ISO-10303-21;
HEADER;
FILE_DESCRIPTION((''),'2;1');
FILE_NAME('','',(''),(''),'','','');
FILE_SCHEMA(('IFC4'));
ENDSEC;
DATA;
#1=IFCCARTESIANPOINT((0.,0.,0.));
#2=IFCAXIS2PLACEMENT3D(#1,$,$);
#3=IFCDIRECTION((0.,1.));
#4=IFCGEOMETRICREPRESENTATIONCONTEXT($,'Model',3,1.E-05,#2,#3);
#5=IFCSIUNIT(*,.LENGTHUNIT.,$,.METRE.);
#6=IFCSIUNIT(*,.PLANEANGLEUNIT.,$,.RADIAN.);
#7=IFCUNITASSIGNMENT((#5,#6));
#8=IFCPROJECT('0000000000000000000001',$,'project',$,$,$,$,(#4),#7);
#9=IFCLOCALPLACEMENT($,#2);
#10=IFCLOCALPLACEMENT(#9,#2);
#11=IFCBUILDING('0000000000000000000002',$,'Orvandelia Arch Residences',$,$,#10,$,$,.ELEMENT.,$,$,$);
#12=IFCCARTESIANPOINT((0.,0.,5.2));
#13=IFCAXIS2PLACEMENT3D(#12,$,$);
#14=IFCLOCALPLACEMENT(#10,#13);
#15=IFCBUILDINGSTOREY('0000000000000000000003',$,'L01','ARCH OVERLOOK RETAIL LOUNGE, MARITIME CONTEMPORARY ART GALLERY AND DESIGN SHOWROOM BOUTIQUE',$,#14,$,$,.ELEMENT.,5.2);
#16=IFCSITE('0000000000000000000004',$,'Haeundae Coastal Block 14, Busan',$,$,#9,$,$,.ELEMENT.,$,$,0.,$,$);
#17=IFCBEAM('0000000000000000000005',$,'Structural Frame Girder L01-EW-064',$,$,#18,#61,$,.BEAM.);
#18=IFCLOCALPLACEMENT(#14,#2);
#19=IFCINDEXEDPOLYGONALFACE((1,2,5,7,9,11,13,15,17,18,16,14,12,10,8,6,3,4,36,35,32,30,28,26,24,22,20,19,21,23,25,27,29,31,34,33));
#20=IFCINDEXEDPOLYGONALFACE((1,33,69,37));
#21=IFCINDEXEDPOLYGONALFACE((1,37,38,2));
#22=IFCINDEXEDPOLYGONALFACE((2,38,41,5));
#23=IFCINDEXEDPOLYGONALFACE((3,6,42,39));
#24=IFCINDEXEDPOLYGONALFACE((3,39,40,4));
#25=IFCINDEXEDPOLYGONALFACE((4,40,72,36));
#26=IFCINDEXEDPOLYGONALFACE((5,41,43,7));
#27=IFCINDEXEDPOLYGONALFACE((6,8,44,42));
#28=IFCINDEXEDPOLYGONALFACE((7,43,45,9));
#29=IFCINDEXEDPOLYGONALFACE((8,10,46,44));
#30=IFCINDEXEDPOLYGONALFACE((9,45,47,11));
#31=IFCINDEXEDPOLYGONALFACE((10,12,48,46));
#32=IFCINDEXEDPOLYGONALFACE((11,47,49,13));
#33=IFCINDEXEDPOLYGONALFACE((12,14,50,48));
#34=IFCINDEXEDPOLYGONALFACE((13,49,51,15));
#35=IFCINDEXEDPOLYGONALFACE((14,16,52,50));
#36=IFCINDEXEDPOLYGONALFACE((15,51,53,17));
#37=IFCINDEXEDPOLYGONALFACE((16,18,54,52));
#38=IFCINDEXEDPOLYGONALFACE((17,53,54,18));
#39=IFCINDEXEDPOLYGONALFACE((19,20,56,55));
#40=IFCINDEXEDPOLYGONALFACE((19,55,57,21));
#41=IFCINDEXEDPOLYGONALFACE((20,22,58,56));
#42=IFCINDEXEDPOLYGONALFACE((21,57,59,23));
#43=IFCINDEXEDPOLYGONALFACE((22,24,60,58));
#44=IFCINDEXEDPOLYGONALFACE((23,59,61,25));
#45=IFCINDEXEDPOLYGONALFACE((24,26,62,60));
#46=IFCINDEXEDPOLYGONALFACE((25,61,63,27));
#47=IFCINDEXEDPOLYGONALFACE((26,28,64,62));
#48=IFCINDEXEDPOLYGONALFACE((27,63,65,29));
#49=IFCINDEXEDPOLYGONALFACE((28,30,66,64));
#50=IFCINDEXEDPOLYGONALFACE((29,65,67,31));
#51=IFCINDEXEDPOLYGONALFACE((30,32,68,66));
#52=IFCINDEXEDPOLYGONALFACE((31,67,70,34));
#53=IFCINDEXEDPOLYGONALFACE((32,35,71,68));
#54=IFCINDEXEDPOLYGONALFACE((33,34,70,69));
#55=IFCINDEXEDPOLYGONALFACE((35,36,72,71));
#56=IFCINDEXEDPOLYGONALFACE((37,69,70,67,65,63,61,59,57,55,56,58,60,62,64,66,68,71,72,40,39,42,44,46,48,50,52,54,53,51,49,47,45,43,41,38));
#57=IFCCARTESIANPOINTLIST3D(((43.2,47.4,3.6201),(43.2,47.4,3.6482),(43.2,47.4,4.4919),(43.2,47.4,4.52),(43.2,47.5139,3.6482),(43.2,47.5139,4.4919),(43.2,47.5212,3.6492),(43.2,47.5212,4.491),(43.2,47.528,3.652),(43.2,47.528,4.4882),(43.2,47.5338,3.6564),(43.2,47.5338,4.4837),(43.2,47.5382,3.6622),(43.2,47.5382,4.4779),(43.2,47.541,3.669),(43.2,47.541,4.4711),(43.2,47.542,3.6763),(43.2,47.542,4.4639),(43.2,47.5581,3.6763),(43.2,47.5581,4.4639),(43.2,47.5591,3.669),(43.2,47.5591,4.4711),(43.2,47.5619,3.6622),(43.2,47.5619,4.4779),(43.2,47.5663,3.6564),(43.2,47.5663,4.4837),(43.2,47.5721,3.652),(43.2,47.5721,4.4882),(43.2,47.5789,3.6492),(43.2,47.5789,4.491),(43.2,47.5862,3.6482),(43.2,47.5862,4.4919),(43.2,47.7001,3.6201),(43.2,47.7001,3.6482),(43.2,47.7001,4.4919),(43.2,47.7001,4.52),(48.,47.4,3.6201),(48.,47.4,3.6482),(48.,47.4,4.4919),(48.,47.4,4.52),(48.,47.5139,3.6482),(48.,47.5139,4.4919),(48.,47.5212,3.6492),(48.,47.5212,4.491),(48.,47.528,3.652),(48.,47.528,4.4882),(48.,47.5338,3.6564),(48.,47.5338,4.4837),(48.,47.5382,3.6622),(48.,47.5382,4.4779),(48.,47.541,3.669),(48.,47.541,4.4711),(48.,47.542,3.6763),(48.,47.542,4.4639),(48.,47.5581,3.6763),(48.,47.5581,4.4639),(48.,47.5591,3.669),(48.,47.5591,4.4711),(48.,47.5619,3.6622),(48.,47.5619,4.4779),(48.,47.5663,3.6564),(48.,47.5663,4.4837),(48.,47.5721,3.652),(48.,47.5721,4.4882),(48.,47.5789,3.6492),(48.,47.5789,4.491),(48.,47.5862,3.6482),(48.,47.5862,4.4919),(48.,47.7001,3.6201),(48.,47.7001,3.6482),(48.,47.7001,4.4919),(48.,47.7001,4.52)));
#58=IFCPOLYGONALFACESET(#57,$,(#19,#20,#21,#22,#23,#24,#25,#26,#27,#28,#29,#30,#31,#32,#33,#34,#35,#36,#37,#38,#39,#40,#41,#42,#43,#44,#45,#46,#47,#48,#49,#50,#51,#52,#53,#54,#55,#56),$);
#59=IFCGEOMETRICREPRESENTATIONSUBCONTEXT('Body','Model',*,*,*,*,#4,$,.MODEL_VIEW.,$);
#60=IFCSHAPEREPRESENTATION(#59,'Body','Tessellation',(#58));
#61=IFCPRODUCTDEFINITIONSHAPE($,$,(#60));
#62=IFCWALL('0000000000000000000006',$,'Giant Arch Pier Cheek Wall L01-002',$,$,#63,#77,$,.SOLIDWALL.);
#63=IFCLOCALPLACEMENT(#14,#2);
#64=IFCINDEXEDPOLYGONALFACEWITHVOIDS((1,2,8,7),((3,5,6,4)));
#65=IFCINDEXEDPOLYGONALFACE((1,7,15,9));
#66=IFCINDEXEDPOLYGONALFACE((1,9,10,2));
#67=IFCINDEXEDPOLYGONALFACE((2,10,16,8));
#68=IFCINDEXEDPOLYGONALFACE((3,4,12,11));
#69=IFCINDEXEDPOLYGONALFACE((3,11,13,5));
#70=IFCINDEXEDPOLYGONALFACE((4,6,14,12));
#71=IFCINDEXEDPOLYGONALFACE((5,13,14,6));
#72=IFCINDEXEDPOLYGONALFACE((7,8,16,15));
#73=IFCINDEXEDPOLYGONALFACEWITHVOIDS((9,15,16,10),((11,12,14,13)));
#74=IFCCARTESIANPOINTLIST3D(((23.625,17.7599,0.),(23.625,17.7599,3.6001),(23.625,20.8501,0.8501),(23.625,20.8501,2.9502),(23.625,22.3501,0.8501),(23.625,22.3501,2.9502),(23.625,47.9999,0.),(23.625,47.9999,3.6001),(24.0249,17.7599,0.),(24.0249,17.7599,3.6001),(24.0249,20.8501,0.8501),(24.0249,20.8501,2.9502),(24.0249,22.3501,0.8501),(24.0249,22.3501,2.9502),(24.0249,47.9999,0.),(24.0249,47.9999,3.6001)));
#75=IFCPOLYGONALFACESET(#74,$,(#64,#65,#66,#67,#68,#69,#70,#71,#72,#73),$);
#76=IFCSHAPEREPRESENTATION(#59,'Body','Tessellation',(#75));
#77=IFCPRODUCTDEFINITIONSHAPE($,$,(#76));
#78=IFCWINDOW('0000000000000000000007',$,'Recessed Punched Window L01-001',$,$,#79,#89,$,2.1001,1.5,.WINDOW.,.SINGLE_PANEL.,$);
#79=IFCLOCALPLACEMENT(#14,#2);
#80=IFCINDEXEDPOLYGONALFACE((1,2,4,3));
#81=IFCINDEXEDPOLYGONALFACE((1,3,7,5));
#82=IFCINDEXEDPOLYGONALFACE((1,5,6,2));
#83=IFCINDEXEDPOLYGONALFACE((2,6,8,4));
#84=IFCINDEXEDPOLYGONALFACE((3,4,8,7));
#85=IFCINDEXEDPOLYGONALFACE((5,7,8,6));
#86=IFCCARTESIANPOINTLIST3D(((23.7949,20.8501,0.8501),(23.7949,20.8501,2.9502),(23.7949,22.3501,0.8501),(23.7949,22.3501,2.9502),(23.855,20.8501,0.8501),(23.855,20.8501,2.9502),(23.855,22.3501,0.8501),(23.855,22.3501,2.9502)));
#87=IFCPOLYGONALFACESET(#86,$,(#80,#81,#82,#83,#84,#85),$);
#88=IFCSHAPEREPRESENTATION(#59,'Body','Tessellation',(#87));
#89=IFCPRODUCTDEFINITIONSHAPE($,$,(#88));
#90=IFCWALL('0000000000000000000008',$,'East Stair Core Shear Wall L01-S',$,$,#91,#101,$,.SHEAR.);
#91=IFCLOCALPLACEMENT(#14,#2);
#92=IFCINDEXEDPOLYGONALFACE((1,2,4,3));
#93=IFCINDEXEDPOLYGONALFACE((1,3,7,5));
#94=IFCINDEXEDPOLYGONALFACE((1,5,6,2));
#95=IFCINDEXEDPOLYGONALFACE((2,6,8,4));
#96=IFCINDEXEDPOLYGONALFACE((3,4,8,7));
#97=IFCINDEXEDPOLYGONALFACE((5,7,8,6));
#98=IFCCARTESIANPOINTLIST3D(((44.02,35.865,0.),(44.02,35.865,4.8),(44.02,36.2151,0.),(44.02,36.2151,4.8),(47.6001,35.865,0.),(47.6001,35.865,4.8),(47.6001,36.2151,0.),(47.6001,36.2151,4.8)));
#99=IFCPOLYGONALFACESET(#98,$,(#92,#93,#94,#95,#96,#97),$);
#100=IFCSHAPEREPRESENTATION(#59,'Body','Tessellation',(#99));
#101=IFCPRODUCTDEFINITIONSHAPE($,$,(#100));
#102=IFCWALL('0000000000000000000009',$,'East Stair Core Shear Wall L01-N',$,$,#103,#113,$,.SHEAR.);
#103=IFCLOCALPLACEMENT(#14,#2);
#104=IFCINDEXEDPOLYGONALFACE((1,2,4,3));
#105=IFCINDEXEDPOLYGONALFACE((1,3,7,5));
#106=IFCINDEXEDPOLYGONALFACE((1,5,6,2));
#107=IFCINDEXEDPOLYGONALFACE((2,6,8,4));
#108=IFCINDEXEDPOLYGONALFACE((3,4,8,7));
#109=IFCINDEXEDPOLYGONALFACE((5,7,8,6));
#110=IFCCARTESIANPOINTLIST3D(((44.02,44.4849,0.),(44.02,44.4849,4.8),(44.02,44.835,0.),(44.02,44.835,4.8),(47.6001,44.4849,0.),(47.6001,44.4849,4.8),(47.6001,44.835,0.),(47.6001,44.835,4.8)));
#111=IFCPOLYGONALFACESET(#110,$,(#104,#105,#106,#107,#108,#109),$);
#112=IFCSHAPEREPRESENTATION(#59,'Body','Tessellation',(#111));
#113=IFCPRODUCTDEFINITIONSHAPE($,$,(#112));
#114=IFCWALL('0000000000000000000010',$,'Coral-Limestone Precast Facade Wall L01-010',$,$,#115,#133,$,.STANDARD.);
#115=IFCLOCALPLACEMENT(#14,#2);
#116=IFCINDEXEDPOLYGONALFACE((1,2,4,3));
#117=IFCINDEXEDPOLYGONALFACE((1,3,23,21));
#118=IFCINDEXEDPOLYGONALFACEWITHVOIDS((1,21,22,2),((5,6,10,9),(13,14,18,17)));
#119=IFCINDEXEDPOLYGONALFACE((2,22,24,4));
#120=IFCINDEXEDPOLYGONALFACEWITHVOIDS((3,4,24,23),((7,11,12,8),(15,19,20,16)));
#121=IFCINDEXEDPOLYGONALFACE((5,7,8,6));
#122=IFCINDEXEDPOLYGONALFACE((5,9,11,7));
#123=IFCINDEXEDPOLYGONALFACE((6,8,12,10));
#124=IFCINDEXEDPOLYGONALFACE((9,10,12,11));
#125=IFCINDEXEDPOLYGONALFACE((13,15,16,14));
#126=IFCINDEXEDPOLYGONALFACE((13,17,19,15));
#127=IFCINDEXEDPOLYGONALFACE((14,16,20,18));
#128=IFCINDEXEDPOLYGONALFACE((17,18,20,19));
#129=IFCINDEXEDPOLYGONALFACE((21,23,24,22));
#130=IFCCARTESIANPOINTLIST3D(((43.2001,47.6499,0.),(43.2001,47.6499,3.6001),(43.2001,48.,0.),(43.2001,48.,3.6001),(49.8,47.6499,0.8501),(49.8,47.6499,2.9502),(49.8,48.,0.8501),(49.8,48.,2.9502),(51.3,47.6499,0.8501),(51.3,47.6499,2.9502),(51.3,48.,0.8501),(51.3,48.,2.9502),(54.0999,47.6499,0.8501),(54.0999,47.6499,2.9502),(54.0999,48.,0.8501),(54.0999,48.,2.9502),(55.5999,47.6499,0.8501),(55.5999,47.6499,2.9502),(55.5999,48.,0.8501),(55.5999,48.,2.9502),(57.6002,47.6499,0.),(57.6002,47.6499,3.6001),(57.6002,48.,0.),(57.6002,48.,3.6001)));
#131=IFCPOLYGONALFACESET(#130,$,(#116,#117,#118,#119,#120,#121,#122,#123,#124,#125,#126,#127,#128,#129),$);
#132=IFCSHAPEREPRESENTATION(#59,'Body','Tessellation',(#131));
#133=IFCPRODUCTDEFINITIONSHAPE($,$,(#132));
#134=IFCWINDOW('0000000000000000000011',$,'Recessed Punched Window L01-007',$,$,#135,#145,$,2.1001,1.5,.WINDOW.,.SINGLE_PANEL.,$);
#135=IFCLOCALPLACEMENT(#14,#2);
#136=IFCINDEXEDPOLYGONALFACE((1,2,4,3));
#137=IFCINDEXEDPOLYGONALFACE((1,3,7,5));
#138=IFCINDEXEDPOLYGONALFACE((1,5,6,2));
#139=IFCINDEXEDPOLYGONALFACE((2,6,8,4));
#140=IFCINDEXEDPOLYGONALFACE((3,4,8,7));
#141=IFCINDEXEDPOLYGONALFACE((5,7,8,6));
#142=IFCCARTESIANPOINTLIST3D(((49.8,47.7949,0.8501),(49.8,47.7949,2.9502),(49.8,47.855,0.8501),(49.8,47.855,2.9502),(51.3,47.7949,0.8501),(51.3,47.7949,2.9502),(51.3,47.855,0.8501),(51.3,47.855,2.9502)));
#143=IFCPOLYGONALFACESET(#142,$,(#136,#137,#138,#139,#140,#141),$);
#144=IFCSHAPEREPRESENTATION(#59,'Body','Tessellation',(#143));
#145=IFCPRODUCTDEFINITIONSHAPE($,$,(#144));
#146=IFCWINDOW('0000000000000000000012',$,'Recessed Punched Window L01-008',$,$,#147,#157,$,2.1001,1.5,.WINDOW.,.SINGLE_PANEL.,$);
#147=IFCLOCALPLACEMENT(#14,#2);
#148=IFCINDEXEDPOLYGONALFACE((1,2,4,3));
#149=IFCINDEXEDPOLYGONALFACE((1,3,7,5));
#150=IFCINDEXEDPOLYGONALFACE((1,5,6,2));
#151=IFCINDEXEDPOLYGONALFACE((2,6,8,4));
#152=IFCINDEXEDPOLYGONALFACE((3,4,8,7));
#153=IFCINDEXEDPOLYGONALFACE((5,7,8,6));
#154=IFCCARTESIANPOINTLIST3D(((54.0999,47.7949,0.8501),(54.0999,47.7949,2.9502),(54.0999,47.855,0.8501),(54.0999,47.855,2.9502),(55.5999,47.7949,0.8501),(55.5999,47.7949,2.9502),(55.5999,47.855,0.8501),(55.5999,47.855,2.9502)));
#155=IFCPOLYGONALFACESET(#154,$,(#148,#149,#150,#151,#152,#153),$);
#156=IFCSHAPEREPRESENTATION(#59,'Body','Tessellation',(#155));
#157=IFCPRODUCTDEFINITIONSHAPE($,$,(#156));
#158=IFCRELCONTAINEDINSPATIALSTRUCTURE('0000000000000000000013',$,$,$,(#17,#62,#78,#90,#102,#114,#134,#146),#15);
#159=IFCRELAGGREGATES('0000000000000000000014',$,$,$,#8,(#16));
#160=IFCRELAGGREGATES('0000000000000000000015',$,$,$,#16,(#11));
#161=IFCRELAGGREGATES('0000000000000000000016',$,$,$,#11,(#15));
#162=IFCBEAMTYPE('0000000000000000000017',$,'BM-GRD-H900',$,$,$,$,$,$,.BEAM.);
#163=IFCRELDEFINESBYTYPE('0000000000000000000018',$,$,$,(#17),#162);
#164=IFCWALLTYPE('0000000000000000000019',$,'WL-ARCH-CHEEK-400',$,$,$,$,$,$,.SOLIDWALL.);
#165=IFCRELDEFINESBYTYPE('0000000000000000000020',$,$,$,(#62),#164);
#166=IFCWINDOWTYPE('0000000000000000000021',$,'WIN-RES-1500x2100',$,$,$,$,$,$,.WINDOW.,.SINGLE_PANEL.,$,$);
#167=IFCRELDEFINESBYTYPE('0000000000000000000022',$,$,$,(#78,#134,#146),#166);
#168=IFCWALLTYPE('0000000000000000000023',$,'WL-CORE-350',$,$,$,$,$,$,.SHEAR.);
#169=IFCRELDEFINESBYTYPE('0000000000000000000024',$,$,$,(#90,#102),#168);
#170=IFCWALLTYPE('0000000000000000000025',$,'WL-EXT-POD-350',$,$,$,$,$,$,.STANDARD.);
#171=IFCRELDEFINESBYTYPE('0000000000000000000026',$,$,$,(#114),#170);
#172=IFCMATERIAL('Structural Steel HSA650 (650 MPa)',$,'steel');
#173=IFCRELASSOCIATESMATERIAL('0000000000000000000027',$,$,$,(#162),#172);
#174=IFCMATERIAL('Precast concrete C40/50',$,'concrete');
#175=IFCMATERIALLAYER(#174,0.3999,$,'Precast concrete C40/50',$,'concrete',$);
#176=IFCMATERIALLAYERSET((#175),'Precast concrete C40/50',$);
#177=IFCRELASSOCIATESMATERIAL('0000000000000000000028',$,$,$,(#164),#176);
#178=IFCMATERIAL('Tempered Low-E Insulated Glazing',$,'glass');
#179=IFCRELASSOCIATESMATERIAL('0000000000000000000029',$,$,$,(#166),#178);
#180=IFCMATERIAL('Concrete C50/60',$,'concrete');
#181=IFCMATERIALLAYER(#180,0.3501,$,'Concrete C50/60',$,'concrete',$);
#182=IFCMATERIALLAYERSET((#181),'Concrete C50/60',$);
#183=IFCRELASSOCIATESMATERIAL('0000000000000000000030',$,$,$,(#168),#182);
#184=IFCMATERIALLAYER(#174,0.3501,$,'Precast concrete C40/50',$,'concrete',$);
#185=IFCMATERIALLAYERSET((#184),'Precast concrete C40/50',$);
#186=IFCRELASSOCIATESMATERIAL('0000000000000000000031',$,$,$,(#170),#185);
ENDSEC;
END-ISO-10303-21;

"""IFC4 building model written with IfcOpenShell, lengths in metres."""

from ifc_helpers import new_model, si_unit, direction, frame, frame_2d, origin, origin_2d, place, context, subcontext, project, spatial, rectangle, i_section, extrude, material, layer, layer_set, material_profile, profile_set, type_object, element, fill, save


model = new_model("IFC4")

# Units and contexts
model_context = context("Model", 3, precision=1e-05, world=origin(), true_north=direction((0.0, 1.0)))
body_context = subcontext(model_context, "Body", "Model", "MODEL_VIEW")
ifc_project = project(units=[si_unit("LENGTHUNIT", "METRE"), si_unit("PLANEANGLEUNIT", "RADIAN")], contexts=[model_context])

# Site, building, storey
site_placement = place(None, origin())
site = spatial("IfcSite", under=ifc_project, at=site_placement, Name="Haeundae Coastal Block 14, Busan", CompositionType="ELEMENT", RefElevation=0.0)
building_placement = place(site_placement, origin())
building = spatial("IfcBuilding", under=site, at=building_placement, Name="Orvandelia Arch Residences", CompositionType="ELEMENT")
storey_placement = place(building_placement, frame((0.0, 0.0, 5.2)))
storey = spatial("IfcBuildingStorey", under=building, at=storey_placement, Name="L01", Description="ARCH OVERLOOK RETAIL LOUNGE, MARITIME CONTEMPORARY ART GALLERY AND DESIGN SHOWROOM BOUTIQUE", CompositionType="ELEMENT", Elevation=5.2)

# Beam
ifc_material_1 = material(Name="Structural Steel HSA650 (650 MPa)", Category="steel")
ifc_material_profile_1 = material_profile(ifc_material_1, i_section(OverallWidth=0.3, OverallDepth=0.8999, WebThickness=0.0161, FlangeThickness=0.0281, FilletRadius=0.0281, at=origin_2d()), Name="Structural Steel HSA650 (650 MPa)", Category="steel")
ifc_profile_set_1 = profile_set([ifc_material_profile_1], Name="Structural Steel HSA650 (650 MPa)")
beam_type = type_object("IfcBeamType", Name="BM-GRD-H900", PredefinedType="BEAM", material=ifc_profile_set_1)
beam_1_placement = place(storey_placement, frame((43.2, 47.55, 4.0701), z_axis=(1.0, 0.0, 0.0), x_axis=(0.0, 1.0, 0.0)))
element("IfcBeam", 1, at=beam_1_placement, inside=storey, type_object=beam_type, Name="Structural Frame Girder L01-EW-064", PredefinedType="BEAM", context=body_context, shape_type="SweptSolid", body=[
    extrude(i_section(OverallWidth=0.3, OverallDepth=0.8999, WebThickness=0.0161, FlangeThickness=0.0281, FilletRadius=0.0281, at=origin_2d()), origin(), (0.0, 0.0, 1.0), 4.8),
])

# Wall, opening, window
ifc_material_2 = material(Name="Precast concrete C40/50", Category="concrete")
ifc_layer_1 = layer(ifc_material_2, 0.3999, Name="Precast concrete C40/50", Category="concrete")
ifc_layer_set_1 = layer_set([ifc_layer_1], Name="Precast concrete C40/50")
wall_type_1 = type_object("IfcWallType", Name="WL-ARCH-CHEEK-400", PredefinedType="SOLIDWALL", material=ifc_layer_set_1)
wall_1_placement = place(storey_placement, frame((23.825, 48.0, 0.0), z_axis=(0.0, 0.0, 1.0), x_axis=(0.0, -1.0, 0.0)))
wall_1 = element("IfcWall", 2, at=wall_1_placement, inside=storey, type_object=wall_type_1, Name="Giant Arch Pier Cheek Wall L01-002", PredefinedType="SOLIDWALL", context=body_context, shape_type="SweptSolid", body=[
    extrude(rectangle(XDim=30.24, YDim=0.3999, at=frame_2d((15.1201, 0.0))), origin(), (0.0, 0.0, 1.0), 3.6001),
])
opening_1_placement = place(wall_1_placement, frame((25.6499, 0.0, 0.8501)))
opening_1 = element("IfcOpeningElement", 3, at=opening_1_placement, cuts=wall_1, PredefinedType="OPENING", context=body_context, shape_type="SweptSolid", body=[
    extrude(rectangle(XDim=1.5, YDim=2.1001, at=frame_2d((0.75, 1.05))), frame((0.0, 0.21, 0.0), z_axis=(0.0, -1.0, 0.0), x_axis=(1.0, 0.0, 0.0)), (0.0, 0.0, 1.0), 0.4199),
])
ifc_material_3 = material(Name="Tempered Low-E Insulated Glazing", Category="glass")
window_type = type_object("IfcWindowType", Name="WIN-RES-1500x2100", PartitioningType="SINGLE_PANEL", PredefinedType="WINDOW", material=ifc_material_3)
window_1_placement = place(opening_1_placement, origin())
window_1 = element("IfcWindow", 4, at=window_1_placement, inside=storey, type_object=window_type, Name="Recessed Punched Window L01-001", OverallHeight=2.1001, OverallWidth=1.5, PartitioningType="SINGLE_PANEL", PredefinedType="WINDOW", context=body_context, shape_type="SweptSolid", body=[
    extrude(rectangle(XDim=1.5, YDim=2.1001, at=frame_2d((0.75, 1.05))), frame((0.0, 0.03, 0.0), z_axis=(0.0, -1.0, 0.0), x_axis=(1.0, 0.0, 0.0)), (0.0, 0.0, 1.0), 0.0601),
])
fill(opening_1, window_1)

# Walls
ifc_material_4 = material(Name="Concrete C50/60", Category="concrete")
ifc_layer_2 = layer(ifc_material_4, 0.3501, Name="Concrete C50/60", Category="concrete")
ifc_layer_set_2 = layer_set([ifc_layer_2], Name="Concrete C50/60")
wall_type_2 = type_object("IfcWallType", Name="WL-CORE-350", PredefinedType="SHEAR", material=ifc_layer_set_2)
for number, where, z_axis, x_axis, name in (
    (5, (44.02, 36.04, 0.0), (0.0, 0.0, 1.0), (1.0, 0.0, 0.0), "East Stair Core Shear Wall L01-S"),
    (6, (44.02, 44.6599, 0.0), (0.0, 0.0, 1.0), (1.0, 0.0, 0.0), "East Stair Core Shear Wall L01-N"),
):
    element("IfcWall", number, at=place(storey_placement, frame(where, z_axis=z_axis, x_axis=x_axis)), inside=storey, type_object=wall_type_2, Name=name, PredefinedType="SHEAR", context=body_context, shape_type="SweptSolid", body=[
        extrude(rectangle(XDim=3.5801, YDim=0.3501, at=frame_2d((1.79, 0.0))), origin(), (0.0, 0.0, 1.0), 4.8),
    ])

# Wall, openings, windows
ifc_layer_3 = layer(ifc_material_2, 0.3501, Name="Precast concrete C40/50", Category="concrete")
ifc_layer_set_3 = layer_set([ifc_layer_3], Name="Precast concrete C40/50")
wall_type_3 = type_object("IfcWallType", Name="WL-EXT-POD-350", PredefinedType="STANDARD", material=ifc_layer_set_3)
wall_2_placement = place(storey_placement, frame((43.2, 47.825, 0.0), z_axis=(0.0, 0.0, 1.0), x_axis=(1.0, 0.0, 0.0)))
wall_2 = element("IfcWall", 7, at=wall_2_placement, inside=storey, type_object=wall_type_3, Name="Coral-Limestone Precast Facade Wall L01-010", PredefinedType="STANDARD", context=body_context, shape_type="SweptSolid", body=[
    extrude(rectangle(XDim=14.4001, YDim=0.3501, at=frame_2d((7.2002, 0.0))), origin(), (0.0, 0.0, 1.0), 3.6001),
])
opening_2_placement = place(wall_2_placement, frame((6.6001, 0.0, 0.8501)))
opening_2 = element("IfcOpeningElement", 8, at=opening_2_placement, cuts=wall_2, PredefinedType="OPENING", context=body_context, shape_type="SweptSolid", body=[
    extrude(rectangle(XDim=1.5, YDim=2.1001, at=frame_2d((0.75, 1.05))), frame((0.0, 0.1851, 0.0), z_axis=(0.0, -1.0, 0.0), x_axis=(1.0, 0.0, 0.0)), (0.0, 0.0, 1.0), 0.3701),
])
opening_3_placement = place(wall_2_placement, frame((10.8999, 0.0, 0.8501)))
opening_3 = element("IfcOpeningElement", 9, at=opening_3_placement, cuts=wall_2, PredefinedType="OPENING", context=body_context, shape_type="SweptSolid", body=[
    extrude(rectangle(XDim=1.5, YDim=2.1001, at=frame_2d((0.75, 1.05))), frame((0.0, 0.1851, 0.0), z_axis=(0.0, -1.0, 0.0), x_axis=(1.0, 0.0, 0.0)), (0.0, 0.0, 1.0), 0.3701),
])
window_2_placement = place(opening_2_placement, origin())
window_2 = element("IfcWindow", 10, at=window_2_placement, inside=storey, type_object=window_type, Name="Recessed Punched Window L01-007", OverallHeight=2.1001, OverallWidth=1.5, PartitioningType="SINGLE_PANEL", PredefinedType="WINDOW", context=body_context, shape_type="SweptSolid", body=[
    extrude(rectangle(XDim=1.5, YDim=2.1001, at=frame_2d((0.75, 1.05))), frame((0.0, 0.03, 0.0), z_axis=(0.0, -1.0, 0.0), x_axis=(1.0, 0.0, 0.0)), (0.0, 0.0, 1.0), 0.0601),
])
fill(opening_2, window_2)
window_3_placement = place(opening_3_placement, origin())
window_3 = element("IfcWindow", 11, at=window_3_placement, inside=storey, type_object=window_type, Name="Recessed Punched Window L01-008", OverallHeight=2.1001, OverallWidth=1.5, PartitioningType="SINGLE_PANEL", PredefinedType="WINDOW", context=body_context, shape_type="SweptSolid", body=[
    extrude(rectangle(XDim=1.5, YDim=2.1001, at=frame_2d((0.75, 1.05))), frame((0.0, 0.03, 0.0), z_axis=(0.0, -1.0, 0.0), x_axis=(1.0, 0.0, 0.0)), (0.0, 0.0, 1.0), 0.0601),
])
fill(opening_3, window_3)

save(model, "model.ifc")
